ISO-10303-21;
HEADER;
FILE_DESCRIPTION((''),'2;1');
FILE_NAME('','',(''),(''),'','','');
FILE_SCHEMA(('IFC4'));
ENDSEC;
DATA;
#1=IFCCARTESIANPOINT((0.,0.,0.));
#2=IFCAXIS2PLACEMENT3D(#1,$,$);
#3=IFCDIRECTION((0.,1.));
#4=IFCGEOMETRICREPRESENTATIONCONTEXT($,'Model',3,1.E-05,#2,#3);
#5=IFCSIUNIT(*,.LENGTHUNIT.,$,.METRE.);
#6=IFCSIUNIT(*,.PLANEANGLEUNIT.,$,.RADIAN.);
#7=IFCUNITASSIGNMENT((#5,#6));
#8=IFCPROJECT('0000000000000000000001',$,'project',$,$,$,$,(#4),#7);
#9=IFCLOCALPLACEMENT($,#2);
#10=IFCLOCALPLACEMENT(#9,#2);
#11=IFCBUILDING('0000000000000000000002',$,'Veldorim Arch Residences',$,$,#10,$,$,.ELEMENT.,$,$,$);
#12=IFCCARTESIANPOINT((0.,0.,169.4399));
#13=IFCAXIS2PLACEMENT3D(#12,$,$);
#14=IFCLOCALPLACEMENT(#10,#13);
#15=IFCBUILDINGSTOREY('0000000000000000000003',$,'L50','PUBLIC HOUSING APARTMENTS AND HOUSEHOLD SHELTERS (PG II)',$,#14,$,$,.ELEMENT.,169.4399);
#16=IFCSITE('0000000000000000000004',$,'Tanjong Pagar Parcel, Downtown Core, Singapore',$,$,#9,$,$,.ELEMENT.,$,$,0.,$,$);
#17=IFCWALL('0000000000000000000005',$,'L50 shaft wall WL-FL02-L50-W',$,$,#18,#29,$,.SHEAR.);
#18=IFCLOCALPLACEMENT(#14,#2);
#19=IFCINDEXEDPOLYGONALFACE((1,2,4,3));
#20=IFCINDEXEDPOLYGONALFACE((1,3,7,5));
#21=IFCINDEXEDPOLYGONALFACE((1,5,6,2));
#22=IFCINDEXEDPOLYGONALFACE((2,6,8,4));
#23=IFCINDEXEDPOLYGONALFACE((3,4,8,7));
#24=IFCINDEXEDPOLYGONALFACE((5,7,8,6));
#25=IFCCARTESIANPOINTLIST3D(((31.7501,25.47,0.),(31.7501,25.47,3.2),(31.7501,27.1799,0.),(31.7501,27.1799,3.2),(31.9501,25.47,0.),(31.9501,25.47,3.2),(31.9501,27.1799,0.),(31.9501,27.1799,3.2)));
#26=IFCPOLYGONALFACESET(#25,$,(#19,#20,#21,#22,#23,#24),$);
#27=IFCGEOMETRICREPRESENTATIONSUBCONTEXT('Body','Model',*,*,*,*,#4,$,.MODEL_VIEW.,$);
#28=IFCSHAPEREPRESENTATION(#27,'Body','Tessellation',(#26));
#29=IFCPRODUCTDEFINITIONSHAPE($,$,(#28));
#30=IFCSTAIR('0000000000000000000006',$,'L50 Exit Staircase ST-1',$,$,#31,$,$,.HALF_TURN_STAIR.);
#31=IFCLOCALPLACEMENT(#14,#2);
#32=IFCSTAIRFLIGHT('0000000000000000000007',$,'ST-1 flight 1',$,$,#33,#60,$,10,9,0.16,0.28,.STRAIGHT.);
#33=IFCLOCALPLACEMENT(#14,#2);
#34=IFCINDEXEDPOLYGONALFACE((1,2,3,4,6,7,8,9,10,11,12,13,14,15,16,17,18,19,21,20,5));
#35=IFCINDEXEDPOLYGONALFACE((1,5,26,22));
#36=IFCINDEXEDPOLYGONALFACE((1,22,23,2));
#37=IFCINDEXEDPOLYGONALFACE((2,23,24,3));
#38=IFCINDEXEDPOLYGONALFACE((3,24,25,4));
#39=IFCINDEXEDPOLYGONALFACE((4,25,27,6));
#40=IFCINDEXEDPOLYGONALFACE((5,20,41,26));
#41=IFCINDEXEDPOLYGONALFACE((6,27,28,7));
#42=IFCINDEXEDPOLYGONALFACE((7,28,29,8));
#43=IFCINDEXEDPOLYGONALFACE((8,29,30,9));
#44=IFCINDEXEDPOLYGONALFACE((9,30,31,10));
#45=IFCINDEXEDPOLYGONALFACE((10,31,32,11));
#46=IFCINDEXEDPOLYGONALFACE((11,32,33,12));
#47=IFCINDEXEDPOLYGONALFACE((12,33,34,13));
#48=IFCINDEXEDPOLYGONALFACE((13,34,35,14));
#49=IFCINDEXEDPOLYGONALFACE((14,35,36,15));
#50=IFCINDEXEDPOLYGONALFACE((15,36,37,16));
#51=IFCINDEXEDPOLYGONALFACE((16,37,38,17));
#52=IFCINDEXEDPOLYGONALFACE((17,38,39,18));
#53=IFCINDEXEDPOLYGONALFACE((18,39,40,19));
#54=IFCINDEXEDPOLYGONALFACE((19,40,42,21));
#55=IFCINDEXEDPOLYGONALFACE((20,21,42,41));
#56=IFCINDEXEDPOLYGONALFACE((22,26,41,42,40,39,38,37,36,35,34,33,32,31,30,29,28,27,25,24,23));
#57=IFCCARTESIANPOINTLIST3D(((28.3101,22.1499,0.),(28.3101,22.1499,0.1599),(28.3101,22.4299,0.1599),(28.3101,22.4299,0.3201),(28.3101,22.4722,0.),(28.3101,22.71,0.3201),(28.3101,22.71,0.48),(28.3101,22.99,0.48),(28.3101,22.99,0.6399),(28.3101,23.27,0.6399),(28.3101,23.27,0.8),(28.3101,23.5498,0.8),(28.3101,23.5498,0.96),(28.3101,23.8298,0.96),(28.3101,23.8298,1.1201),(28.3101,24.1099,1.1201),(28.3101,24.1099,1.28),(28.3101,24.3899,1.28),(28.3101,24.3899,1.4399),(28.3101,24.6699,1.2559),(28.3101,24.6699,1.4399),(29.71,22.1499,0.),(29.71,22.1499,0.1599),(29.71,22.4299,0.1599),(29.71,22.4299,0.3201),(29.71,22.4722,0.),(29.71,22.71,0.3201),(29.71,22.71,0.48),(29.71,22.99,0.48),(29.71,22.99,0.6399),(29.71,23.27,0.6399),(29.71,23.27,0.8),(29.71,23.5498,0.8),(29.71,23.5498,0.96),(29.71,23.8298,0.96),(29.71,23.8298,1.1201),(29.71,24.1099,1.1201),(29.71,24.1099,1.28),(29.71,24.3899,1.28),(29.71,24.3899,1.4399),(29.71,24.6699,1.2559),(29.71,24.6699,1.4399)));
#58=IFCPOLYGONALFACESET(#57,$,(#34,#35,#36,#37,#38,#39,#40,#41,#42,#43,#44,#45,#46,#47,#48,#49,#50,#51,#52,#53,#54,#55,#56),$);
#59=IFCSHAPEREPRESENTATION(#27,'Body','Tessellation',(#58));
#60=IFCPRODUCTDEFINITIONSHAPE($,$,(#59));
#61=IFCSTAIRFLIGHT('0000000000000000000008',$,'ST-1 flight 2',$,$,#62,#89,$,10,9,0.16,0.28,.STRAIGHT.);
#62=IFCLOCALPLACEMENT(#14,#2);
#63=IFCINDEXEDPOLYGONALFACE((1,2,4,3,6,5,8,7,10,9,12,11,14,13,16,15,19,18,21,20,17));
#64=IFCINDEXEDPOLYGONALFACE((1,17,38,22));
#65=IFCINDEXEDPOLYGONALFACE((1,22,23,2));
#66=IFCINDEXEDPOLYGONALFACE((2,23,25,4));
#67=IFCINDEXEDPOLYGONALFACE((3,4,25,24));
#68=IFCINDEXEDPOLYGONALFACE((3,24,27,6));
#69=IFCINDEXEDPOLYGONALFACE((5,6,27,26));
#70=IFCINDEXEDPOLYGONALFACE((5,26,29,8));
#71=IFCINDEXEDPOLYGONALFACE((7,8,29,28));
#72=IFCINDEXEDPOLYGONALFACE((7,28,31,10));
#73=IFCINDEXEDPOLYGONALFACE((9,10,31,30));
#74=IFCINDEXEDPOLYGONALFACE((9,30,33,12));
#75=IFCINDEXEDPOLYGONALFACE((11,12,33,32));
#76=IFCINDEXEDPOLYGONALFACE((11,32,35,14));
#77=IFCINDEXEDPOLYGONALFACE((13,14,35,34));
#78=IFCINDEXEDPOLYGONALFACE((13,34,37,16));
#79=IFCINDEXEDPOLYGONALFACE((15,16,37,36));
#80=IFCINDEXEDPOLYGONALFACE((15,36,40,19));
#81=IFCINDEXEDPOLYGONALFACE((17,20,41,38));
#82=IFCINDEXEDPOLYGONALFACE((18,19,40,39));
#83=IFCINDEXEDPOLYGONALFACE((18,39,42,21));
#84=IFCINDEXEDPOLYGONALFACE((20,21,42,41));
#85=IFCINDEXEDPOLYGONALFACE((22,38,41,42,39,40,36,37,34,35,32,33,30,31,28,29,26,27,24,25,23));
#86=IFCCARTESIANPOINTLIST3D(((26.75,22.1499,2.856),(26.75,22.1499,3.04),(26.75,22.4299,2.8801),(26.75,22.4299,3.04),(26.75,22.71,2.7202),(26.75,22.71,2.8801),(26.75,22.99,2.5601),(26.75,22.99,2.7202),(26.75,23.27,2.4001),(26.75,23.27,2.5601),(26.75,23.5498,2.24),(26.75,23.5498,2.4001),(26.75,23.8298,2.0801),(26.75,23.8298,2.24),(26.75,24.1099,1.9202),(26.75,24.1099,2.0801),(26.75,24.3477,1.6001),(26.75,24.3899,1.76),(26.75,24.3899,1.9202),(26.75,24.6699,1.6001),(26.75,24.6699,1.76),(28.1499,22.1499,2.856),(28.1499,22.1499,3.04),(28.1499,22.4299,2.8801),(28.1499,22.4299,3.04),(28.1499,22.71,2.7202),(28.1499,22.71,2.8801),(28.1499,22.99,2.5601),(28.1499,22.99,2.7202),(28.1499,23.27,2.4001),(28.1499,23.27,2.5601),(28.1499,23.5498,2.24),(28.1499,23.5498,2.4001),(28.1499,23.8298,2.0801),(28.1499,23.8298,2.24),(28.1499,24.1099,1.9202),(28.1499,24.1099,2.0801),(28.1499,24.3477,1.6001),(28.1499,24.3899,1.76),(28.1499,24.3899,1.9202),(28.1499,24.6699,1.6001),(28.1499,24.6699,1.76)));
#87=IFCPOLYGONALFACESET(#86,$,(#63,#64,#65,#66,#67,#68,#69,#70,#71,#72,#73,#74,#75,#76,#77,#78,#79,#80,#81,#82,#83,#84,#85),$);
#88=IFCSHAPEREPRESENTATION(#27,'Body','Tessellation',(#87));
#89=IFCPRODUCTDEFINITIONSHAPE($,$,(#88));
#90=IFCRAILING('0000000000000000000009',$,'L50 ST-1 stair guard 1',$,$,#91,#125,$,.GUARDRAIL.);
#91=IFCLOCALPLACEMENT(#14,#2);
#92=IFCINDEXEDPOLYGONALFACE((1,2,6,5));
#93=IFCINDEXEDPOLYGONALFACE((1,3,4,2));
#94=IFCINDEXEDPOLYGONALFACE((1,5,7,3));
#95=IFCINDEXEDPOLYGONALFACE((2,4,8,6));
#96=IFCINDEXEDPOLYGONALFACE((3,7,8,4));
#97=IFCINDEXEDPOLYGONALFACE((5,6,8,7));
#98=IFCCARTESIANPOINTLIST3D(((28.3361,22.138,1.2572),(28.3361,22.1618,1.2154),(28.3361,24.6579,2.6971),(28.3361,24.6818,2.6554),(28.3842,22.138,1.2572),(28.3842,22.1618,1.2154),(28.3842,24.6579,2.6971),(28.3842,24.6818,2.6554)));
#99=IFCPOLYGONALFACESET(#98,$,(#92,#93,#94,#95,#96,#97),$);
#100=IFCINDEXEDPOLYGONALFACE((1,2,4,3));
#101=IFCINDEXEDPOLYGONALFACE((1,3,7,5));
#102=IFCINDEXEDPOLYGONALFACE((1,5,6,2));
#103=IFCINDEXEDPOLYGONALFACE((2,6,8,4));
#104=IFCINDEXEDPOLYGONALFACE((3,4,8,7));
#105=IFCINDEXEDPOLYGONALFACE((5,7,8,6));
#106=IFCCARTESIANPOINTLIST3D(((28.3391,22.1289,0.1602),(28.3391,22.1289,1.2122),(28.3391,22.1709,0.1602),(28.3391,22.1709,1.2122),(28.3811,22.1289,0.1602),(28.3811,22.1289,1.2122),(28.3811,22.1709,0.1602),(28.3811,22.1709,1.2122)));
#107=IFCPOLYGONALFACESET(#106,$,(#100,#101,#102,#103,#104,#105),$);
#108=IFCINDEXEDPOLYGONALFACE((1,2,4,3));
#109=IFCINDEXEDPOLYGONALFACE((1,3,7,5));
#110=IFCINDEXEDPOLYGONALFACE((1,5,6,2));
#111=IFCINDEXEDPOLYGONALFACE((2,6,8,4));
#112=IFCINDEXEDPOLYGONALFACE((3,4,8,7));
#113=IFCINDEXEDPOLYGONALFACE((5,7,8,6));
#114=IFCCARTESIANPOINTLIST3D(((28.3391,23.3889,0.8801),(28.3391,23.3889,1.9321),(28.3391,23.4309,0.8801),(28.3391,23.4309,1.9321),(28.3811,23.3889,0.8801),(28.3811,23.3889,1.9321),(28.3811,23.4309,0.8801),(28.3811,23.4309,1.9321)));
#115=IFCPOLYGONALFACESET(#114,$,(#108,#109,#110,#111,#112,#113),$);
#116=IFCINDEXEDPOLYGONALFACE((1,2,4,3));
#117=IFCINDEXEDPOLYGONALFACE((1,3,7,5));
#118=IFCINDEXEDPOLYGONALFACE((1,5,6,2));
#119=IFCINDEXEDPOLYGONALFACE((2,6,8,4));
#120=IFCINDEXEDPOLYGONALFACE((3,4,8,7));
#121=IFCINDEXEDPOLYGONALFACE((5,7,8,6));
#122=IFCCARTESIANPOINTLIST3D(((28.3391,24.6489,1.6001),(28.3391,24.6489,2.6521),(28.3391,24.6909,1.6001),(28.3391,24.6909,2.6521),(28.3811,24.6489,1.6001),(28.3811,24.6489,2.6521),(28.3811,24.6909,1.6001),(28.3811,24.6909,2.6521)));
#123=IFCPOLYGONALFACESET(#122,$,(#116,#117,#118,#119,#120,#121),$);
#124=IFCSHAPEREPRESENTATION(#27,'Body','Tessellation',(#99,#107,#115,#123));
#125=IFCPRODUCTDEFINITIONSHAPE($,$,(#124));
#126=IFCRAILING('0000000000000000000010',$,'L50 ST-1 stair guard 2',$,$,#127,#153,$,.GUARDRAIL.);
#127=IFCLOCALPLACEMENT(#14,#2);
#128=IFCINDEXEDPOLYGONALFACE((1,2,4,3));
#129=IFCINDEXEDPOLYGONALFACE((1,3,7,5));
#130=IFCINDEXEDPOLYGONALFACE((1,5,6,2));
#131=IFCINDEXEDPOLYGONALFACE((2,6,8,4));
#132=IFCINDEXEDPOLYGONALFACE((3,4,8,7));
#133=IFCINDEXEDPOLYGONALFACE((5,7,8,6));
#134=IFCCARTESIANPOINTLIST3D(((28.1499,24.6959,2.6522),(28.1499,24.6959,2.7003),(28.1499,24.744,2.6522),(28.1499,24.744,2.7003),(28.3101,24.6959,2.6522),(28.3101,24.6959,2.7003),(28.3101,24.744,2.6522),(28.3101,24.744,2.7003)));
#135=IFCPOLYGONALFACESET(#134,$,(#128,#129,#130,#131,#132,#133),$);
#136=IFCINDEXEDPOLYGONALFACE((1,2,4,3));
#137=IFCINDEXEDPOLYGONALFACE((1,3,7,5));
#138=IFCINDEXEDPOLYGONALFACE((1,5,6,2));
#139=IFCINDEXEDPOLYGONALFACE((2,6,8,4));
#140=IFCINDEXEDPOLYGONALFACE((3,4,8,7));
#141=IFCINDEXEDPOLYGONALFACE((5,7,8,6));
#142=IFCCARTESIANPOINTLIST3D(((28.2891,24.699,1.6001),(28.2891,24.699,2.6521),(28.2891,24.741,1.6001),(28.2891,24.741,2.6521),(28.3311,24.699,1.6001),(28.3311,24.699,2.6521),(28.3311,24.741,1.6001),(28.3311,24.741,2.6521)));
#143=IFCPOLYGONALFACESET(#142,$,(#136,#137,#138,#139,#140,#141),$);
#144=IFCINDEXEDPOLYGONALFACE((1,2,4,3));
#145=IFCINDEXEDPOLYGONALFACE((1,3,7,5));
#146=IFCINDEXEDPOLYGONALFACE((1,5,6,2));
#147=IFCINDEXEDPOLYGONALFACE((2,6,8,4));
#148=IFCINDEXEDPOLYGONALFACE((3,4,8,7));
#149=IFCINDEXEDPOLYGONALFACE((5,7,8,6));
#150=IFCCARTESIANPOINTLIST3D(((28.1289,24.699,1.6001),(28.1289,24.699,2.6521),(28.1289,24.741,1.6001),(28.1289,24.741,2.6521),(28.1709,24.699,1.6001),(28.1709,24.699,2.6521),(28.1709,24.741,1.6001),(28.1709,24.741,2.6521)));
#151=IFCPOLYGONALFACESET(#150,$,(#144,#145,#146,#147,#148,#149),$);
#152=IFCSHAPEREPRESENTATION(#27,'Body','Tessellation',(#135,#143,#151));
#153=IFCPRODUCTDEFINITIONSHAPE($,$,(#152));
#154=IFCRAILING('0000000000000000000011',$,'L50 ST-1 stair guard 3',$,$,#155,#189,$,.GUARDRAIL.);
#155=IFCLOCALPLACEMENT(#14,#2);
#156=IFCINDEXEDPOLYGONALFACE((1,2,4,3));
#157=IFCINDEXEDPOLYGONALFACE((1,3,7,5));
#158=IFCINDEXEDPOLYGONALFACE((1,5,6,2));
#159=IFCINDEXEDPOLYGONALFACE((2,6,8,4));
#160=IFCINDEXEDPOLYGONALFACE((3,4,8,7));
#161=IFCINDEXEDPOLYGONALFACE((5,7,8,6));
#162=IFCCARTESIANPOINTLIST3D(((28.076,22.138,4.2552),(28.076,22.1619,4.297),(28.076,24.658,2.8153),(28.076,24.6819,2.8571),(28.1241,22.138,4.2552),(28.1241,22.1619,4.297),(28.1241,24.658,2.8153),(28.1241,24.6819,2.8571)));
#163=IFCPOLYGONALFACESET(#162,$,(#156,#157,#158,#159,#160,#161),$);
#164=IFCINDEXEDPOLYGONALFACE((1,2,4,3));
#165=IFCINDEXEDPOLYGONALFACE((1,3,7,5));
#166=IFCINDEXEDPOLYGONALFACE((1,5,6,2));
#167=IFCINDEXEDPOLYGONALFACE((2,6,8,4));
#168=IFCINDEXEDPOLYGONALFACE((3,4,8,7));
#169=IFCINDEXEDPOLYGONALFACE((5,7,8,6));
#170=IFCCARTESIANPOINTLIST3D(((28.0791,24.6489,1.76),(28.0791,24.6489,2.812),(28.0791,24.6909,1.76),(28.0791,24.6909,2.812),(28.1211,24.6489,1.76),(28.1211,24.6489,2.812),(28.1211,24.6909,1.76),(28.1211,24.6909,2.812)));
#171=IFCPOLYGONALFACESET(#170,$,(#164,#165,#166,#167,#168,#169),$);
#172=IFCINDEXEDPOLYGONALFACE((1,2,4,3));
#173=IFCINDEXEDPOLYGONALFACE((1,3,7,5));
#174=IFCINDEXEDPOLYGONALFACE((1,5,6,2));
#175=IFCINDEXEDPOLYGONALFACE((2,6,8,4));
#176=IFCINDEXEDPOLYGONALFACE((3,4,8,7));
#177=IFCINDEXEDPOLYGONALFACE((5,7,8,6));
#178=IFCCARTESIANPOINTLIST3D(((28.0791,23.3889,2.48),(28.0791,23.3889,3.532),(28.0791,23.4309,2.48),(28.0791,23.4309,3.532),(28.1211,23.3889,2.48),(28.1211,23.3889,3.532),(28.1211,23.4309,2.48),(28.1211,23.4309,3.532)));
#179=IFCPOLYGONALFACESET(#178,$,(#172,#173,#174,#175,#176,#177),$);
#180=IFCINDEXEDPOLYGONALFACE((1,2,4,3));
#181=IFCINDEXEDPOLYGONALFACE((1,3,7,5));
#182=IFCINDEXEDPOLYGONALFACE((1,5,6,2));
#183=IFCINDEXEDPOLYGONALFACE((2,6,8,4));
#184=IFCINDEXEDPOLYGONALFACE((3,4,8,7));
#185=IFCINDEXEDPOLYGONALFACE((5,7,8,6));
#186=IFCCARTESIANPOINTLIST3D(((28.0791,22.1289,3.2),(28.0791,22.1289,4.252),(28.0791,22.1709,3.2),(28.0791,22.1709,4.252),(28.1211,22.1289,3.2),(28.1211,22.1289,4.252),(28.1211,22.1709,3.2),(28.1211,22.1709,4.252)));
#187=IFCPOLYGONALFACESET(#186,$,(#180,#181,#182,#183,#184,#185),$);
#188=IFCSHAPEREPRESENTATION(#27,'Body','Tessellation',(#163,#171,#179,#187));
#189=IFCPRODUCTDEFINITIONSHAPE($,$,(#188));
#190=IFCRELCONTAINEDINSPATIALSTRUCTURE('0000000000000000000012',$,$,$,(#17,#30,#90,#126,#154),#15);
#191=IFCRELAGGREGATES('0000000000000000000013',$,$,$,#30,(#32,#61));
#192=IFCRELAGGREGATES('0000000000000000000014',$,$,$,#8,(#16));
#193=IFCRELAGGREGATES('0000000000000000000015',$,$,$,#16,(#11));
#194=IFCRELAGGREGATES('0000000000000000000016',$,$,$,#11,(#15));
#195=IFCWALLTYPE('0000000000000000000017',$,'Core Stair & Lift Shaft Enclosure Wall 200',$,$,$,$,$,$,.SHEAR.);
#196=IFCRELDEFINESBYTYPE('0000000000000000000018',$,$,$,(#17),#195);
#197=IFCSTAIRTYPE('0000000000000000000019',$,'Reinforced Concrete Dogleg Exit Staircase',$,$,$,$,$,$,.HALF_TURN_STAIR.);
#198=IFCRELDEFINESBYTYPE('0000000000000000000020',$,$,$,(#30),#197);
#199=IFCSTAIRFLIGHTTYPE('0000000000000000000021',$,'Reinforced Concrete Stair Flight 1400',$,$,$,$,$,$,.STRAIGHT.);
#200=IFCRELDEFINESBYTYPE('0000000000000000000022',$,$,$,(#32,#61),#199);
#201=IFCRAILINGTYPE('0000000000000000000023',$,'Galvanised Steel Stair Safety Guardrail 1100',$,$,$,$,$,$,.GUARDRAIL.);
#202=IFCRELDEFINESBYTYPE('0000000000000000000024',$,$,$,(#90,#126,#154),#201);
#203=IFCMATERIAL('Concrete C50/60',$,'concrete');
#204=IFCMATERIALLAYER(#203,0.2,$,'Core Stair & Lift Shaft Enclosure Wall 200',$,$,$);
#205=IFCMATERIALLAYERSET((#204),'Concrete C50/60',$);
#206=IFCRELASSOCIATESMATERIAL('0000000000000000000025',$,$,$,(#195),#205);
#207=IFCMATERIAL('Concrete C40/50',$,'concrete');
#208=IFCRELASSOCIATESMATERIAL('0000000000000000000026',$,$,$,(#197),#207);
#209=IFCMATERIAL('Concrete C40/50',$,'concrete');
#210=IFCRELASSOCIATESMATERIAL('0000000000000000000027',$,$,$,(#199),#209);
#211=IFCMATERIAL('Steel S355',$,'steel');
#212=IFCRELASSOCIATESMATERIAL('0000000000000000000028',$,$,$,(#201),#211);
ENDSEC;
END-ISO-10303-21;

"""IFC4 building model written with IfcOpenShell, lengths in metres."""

from ifc_helpers import new_model, si_unit, direction, frame, frame_2d, origin, origin_2d, place, context, subcontext, project, spatial, polyline, rectangle, outline, extrude, material, layer, layer_set, type_object, element, aggregate, save


model = new_model("IFC4")

# Units and contexts
model_context = context("Model", 3, precision=1e-05, world=origin(), true_north=direction((0.0, 1.0)))
body_context = subcontext(model_context, "Body", "Model", "MODEL_VIEW")
ifc_project = project(units=[si_unit("LENGTHUNIT", "METRE"), si_unit("PLANEANGLEUNIT", "RADIAN")], contexts=[model_context])

# Site, building, storey
site_placement = place(None, origin())
site = spatial("IfcSite", under=ifc_project, at=site_placement, Name="Tanjong Pagar Parcel, Downtown Core, Singapore", CompositionType="ELEMENT", RefElevation=0.0)
building_placement = place(site_placement, origin())
building = spatial("IfcBuilding", under=site, at=building_placement, Name="Veldorim Arch Residences", CompositionType="ELEMENT")
storey_placement = place(building_placement, frame((0.0, 0.0, 169.4399)))
storey = spatial("IfcBuildingStorey", under=building, at=storey_placement, Name="L50", Description="PUBLIC HOUSING APARTMENTS AND HOUSEHOLD SHELTERS (PG II)", CompositionType="ELEMENT", Elevation=169.4399)

# Shared definitions
ifc_material_1 = material(Name="Concrete C50/60", Category="concrete")
ifc_layer_1 = layer(ifc_material_1, 0.2, Name="Core Stair & Lift Shaft Enclosure Wall 200")
ifc_layer_set_1 = layer_set([ifc_layer_1], Name="Concrete C50/60")
wall_type_1 = type_object("IfcWallType", Name="Core Stair & Lift Shaft Enclosure Wall 200", PredefinedType="SHEAR", material=ifc_layer_set_1)

# Wall
wall_1_placement = place(storey_placement, frame((31.8501, 25.47, 0.0), z_axis=(0.0, 0.0, 1.0), x_axis=(0.0, 1.0, 0.0)))
element("IfcWall", 1, at=wall_1_placement, inside=storey, type_object=wall_type_1, Name="L50 shaft wall WL-FL02-L50-W", PredefinedType="SHEAR", context=body_context, shape_type="SweptSolid", body=[
    extrude(rectangle(XDim=1.71, YDim=0.2, at=frame_2d((0.855, 0.0))), origin(), (0.0, 0.0, 1.0), 3.2),
])

# Stair, stair flights
ifc_material_2 = material(Name="Concrete C40/50", Category="concrete")
stair_type = type_object("IfcStairType", Name="Reinforced Concrete Dogleg Exit Staircase", PredefinedType="HALF_TURN_STAIR", material=ifc_material_2)
stair_placement = place(storey_placement, origin())
stair = element("IfcStair", 2, at=stair_placement, inside=storey, type_object=stair_type, Name="L50 Exit Staircase ST-1", PredefinedType="HALF_TURN_STAIR")
ifc_material_3 = material(Name="Concrete C40/50", Category="concrete")
stair_flight_type = type_object("IfcStairFlightType", Name="Reinforced Concrete Stair Flight 1400", PredefinedType="STRAIGHT", material=ifc_material_3)
stair_flight_1_placement = place(storey_placement, frame((29.01, 22.1499, 0.0), z_axis=(0.0, 0.0, 1.0), x_axis=(0.0, 1.0, 0.0)))
stair_flight_1 = element("IfcStairFlight", 3, at=stair_flight_1_placement, type_object=stair_flight_type, Name="ST-1 flight 1", NumberOfRisers=10, NumberOfTreads=9, PredefinedType="STRAIGHT", RiserHeight=0.16, TreadLength=0.28, context=body_context, shape_type="SweptSolid", body=[
    extrude(outline(polyline([(0.0, 0.0), (0.0, 0.1599), (0.28, 0.1599), (0.28, 0.3201), (0.5601, 0.3201), (0.5601, 0.48), (0.8401, 0.48), (0.8401, 0.6399), (1.1201, 0.6399), (1.1201, 0.8), (1.3999, 0.8), (1.3999, 0.96), (1.6799, 0.96), (1.6799, 1.1201), (1.96, 1.1201), (1.96, 1.28), (2.24, 1.28), (2.24, 1.4399), (2.52, 1.4399), (2.52, 1.6001), (2.52, 1.2559), (0.3223, 0.0), (0.0, 0.0)])), frame((0.0, 0.7, 0.0), z_axis=(0.0, -1.0, 0.0), x_axis=(1.0, 0.0, 0.0)), (0.0, 0.0, 1.0), 1.3999),
])
stair_flight_2_placement = place(storey_placement, frame((27.45, 24.6699, 1.6001), z_axis=(0.0, 0.0, 1.0), x_axis=(0.0, -1.0, 0.0)))
stair_flight_2 = element("IfcStairFlight", 4, at=stair_flight_2_placement, type_object=stair_flight_type, Name="ST-1 flight 2", NumberOfRisers=10, NumberOfTreads=9, PredefinedType="STRAIGHT", RiserHeight=0.16, TreadLength=0.28, context=body_context, shape_type="SweptSolid", body=[
    extrude(outline(polyline([(0.0, 0.0), (0.0, 0.1599), (0.28, 0.1599), (0.28, 0.3201), (0.5601, 0.3201), (0.5601, 0.48), (0.8401, 0.48), (0.8401, 0.6399), (1.1201, 0.6399), (1.1201, 0.8), (1.3999, 0.8), (1.3999, 0.96), (1.6799, 0.96), (1.6799, 1.1201), (1.96, 1.1201), (1.96, 1.28), (2.24, 1.28), (2.24, 1.4399), (2.52, 1.4399), (2.52, 1.6001), (2.52, 1.2559), (0.3223, 0.0), (0.0, 0.0)])), frame((0.0, 0.7, 0.0), z_axis=(0.0, -1.0, 0.0), x_axis=(1.0, 0.0, 0.0)), (0.0, 0.0, 1.0), 1.3999),
])
aggregate(stair, [stair_flight_1, stair_flight_2])

# Railings
ifc_material_4 = material(Name="Steel S355", Category="steel")
railing_type_1 = type_object("IfcRailingType", Name="Galvanised Steel Stair Safety Guardrail 1100", PredefinedType="GUARDRAIL", material=ifc_material_4)
railing_1_placement = place(storey_placement, frame((28.3601, 22.1499, 0.1602)))
element("IfcRailing", 5, at=railing_1_placement, inside=storey, type_object=railing_type_1, Name="L50 ST-1 stair guard 1", PredefinedType="GUARDRAIL", context=body_context, shape_type="SweptSolid", body=[
    extrude(rectangle(XDim=0.0481, YDim=0.0481, at=origin_2d()), frame((0.0, 0.0, 1.0762), z_axis=(0.0, 0.868253, 0.496121), x_axis=(-1.0, 0.0, 0.0)), (0.0, 0.0, 1.0), 2.9023),
    extrude(rectangle(XDim=0.042, YDim=0.042, at=origin_2d()), origin(), (0.0, 0.0, 1.0), 1.052),
    extrude(rectangle(XDim=0.042, YDim=0.042, at=origin_2d()), frame((0.0, 1.26, 0.72)), (0.0, 0.0, 1.0), 1.052),
    extrude(rectangle(XDim=0.042, YDim=0.042, at=origin_2d()), frame((0.0, 2.52, 1.4399)), (0.0, 0.0, 1.0), 1.052),
])
railing_2_placement = place(storey_placement, frame((28.3101, 24.72, 1.6001)))
element("IfcRailing", 6, at=railing_2_placement, inside=storey, type_object=railing_type_1, Name="L50 ST-1 stair guard 2", PredefinedType="GUARDRAIL", context=body_context, shape_type="SweptSolid", body=[
    extrude(rectangle(XDim=0.0481, YDim=0.0481, at=origin_2d()), frame((0.0, 0.0, 1.0762), z_axis=(-1.0, 0.0, 0.0), x_axis=(0.0, -1.0, 0.0)), (0.0, 0.0, 1.0), 0.1602),
    extrude(rectangle(XDim=0.042, YDim=0.042, at=origin_2d()), origin(), (0.0, 0.0, 1.0), 1.052),
    extrude(rectangle(XDim=0.042, YDim=0.042, at=origin_2d()), frame((-0.1602, 0.0, 0.0)), (0.0, 0.0, 1.0), 1.052),
])
railing_3_placement = place(storey_placement, frame((28.1001, 24.6699, 1.76)))
element("IfcRailing", 7, at=railing_3_placement, inside=storey, type_object=railing_type_1, Name="L50 ST-1 stair guard 3", PredefinedType="GUARDRAIL", context=body_context, shape_type="SweptSolid", body=[
    extrude(rectangle(XDim=0.0481, YDim=0.0481, at=origin_2d()), frame((0.0, 0.0, 1.0762), z_axis=(0.0, -0.868253, 0.496121), x_axis=(1.0, 0.0, 0.0)), (0.0, 0.0, 1.0), 2.9023),
    extrude(rectangle(XDim=0.042, YDim=0.042, at=origin_2d()), origin(), (0.0, 0.0, 1.0), 1.052),
    extrude(rectangle(XDim=0.042, YDim=0.042, at=origin_2d()), frame((0.0, -1.26, 0.72)), (0.0, 0.0, 1.0), 1.052),
    extrude(rectangle(XDim=0.042, YDim=0.042, at=origin_2d()), frame((0.0, -2.52, 1.4399)), (0.0, 0.0, 1.0), 1.052),
])

save(model, "model.ifc")
